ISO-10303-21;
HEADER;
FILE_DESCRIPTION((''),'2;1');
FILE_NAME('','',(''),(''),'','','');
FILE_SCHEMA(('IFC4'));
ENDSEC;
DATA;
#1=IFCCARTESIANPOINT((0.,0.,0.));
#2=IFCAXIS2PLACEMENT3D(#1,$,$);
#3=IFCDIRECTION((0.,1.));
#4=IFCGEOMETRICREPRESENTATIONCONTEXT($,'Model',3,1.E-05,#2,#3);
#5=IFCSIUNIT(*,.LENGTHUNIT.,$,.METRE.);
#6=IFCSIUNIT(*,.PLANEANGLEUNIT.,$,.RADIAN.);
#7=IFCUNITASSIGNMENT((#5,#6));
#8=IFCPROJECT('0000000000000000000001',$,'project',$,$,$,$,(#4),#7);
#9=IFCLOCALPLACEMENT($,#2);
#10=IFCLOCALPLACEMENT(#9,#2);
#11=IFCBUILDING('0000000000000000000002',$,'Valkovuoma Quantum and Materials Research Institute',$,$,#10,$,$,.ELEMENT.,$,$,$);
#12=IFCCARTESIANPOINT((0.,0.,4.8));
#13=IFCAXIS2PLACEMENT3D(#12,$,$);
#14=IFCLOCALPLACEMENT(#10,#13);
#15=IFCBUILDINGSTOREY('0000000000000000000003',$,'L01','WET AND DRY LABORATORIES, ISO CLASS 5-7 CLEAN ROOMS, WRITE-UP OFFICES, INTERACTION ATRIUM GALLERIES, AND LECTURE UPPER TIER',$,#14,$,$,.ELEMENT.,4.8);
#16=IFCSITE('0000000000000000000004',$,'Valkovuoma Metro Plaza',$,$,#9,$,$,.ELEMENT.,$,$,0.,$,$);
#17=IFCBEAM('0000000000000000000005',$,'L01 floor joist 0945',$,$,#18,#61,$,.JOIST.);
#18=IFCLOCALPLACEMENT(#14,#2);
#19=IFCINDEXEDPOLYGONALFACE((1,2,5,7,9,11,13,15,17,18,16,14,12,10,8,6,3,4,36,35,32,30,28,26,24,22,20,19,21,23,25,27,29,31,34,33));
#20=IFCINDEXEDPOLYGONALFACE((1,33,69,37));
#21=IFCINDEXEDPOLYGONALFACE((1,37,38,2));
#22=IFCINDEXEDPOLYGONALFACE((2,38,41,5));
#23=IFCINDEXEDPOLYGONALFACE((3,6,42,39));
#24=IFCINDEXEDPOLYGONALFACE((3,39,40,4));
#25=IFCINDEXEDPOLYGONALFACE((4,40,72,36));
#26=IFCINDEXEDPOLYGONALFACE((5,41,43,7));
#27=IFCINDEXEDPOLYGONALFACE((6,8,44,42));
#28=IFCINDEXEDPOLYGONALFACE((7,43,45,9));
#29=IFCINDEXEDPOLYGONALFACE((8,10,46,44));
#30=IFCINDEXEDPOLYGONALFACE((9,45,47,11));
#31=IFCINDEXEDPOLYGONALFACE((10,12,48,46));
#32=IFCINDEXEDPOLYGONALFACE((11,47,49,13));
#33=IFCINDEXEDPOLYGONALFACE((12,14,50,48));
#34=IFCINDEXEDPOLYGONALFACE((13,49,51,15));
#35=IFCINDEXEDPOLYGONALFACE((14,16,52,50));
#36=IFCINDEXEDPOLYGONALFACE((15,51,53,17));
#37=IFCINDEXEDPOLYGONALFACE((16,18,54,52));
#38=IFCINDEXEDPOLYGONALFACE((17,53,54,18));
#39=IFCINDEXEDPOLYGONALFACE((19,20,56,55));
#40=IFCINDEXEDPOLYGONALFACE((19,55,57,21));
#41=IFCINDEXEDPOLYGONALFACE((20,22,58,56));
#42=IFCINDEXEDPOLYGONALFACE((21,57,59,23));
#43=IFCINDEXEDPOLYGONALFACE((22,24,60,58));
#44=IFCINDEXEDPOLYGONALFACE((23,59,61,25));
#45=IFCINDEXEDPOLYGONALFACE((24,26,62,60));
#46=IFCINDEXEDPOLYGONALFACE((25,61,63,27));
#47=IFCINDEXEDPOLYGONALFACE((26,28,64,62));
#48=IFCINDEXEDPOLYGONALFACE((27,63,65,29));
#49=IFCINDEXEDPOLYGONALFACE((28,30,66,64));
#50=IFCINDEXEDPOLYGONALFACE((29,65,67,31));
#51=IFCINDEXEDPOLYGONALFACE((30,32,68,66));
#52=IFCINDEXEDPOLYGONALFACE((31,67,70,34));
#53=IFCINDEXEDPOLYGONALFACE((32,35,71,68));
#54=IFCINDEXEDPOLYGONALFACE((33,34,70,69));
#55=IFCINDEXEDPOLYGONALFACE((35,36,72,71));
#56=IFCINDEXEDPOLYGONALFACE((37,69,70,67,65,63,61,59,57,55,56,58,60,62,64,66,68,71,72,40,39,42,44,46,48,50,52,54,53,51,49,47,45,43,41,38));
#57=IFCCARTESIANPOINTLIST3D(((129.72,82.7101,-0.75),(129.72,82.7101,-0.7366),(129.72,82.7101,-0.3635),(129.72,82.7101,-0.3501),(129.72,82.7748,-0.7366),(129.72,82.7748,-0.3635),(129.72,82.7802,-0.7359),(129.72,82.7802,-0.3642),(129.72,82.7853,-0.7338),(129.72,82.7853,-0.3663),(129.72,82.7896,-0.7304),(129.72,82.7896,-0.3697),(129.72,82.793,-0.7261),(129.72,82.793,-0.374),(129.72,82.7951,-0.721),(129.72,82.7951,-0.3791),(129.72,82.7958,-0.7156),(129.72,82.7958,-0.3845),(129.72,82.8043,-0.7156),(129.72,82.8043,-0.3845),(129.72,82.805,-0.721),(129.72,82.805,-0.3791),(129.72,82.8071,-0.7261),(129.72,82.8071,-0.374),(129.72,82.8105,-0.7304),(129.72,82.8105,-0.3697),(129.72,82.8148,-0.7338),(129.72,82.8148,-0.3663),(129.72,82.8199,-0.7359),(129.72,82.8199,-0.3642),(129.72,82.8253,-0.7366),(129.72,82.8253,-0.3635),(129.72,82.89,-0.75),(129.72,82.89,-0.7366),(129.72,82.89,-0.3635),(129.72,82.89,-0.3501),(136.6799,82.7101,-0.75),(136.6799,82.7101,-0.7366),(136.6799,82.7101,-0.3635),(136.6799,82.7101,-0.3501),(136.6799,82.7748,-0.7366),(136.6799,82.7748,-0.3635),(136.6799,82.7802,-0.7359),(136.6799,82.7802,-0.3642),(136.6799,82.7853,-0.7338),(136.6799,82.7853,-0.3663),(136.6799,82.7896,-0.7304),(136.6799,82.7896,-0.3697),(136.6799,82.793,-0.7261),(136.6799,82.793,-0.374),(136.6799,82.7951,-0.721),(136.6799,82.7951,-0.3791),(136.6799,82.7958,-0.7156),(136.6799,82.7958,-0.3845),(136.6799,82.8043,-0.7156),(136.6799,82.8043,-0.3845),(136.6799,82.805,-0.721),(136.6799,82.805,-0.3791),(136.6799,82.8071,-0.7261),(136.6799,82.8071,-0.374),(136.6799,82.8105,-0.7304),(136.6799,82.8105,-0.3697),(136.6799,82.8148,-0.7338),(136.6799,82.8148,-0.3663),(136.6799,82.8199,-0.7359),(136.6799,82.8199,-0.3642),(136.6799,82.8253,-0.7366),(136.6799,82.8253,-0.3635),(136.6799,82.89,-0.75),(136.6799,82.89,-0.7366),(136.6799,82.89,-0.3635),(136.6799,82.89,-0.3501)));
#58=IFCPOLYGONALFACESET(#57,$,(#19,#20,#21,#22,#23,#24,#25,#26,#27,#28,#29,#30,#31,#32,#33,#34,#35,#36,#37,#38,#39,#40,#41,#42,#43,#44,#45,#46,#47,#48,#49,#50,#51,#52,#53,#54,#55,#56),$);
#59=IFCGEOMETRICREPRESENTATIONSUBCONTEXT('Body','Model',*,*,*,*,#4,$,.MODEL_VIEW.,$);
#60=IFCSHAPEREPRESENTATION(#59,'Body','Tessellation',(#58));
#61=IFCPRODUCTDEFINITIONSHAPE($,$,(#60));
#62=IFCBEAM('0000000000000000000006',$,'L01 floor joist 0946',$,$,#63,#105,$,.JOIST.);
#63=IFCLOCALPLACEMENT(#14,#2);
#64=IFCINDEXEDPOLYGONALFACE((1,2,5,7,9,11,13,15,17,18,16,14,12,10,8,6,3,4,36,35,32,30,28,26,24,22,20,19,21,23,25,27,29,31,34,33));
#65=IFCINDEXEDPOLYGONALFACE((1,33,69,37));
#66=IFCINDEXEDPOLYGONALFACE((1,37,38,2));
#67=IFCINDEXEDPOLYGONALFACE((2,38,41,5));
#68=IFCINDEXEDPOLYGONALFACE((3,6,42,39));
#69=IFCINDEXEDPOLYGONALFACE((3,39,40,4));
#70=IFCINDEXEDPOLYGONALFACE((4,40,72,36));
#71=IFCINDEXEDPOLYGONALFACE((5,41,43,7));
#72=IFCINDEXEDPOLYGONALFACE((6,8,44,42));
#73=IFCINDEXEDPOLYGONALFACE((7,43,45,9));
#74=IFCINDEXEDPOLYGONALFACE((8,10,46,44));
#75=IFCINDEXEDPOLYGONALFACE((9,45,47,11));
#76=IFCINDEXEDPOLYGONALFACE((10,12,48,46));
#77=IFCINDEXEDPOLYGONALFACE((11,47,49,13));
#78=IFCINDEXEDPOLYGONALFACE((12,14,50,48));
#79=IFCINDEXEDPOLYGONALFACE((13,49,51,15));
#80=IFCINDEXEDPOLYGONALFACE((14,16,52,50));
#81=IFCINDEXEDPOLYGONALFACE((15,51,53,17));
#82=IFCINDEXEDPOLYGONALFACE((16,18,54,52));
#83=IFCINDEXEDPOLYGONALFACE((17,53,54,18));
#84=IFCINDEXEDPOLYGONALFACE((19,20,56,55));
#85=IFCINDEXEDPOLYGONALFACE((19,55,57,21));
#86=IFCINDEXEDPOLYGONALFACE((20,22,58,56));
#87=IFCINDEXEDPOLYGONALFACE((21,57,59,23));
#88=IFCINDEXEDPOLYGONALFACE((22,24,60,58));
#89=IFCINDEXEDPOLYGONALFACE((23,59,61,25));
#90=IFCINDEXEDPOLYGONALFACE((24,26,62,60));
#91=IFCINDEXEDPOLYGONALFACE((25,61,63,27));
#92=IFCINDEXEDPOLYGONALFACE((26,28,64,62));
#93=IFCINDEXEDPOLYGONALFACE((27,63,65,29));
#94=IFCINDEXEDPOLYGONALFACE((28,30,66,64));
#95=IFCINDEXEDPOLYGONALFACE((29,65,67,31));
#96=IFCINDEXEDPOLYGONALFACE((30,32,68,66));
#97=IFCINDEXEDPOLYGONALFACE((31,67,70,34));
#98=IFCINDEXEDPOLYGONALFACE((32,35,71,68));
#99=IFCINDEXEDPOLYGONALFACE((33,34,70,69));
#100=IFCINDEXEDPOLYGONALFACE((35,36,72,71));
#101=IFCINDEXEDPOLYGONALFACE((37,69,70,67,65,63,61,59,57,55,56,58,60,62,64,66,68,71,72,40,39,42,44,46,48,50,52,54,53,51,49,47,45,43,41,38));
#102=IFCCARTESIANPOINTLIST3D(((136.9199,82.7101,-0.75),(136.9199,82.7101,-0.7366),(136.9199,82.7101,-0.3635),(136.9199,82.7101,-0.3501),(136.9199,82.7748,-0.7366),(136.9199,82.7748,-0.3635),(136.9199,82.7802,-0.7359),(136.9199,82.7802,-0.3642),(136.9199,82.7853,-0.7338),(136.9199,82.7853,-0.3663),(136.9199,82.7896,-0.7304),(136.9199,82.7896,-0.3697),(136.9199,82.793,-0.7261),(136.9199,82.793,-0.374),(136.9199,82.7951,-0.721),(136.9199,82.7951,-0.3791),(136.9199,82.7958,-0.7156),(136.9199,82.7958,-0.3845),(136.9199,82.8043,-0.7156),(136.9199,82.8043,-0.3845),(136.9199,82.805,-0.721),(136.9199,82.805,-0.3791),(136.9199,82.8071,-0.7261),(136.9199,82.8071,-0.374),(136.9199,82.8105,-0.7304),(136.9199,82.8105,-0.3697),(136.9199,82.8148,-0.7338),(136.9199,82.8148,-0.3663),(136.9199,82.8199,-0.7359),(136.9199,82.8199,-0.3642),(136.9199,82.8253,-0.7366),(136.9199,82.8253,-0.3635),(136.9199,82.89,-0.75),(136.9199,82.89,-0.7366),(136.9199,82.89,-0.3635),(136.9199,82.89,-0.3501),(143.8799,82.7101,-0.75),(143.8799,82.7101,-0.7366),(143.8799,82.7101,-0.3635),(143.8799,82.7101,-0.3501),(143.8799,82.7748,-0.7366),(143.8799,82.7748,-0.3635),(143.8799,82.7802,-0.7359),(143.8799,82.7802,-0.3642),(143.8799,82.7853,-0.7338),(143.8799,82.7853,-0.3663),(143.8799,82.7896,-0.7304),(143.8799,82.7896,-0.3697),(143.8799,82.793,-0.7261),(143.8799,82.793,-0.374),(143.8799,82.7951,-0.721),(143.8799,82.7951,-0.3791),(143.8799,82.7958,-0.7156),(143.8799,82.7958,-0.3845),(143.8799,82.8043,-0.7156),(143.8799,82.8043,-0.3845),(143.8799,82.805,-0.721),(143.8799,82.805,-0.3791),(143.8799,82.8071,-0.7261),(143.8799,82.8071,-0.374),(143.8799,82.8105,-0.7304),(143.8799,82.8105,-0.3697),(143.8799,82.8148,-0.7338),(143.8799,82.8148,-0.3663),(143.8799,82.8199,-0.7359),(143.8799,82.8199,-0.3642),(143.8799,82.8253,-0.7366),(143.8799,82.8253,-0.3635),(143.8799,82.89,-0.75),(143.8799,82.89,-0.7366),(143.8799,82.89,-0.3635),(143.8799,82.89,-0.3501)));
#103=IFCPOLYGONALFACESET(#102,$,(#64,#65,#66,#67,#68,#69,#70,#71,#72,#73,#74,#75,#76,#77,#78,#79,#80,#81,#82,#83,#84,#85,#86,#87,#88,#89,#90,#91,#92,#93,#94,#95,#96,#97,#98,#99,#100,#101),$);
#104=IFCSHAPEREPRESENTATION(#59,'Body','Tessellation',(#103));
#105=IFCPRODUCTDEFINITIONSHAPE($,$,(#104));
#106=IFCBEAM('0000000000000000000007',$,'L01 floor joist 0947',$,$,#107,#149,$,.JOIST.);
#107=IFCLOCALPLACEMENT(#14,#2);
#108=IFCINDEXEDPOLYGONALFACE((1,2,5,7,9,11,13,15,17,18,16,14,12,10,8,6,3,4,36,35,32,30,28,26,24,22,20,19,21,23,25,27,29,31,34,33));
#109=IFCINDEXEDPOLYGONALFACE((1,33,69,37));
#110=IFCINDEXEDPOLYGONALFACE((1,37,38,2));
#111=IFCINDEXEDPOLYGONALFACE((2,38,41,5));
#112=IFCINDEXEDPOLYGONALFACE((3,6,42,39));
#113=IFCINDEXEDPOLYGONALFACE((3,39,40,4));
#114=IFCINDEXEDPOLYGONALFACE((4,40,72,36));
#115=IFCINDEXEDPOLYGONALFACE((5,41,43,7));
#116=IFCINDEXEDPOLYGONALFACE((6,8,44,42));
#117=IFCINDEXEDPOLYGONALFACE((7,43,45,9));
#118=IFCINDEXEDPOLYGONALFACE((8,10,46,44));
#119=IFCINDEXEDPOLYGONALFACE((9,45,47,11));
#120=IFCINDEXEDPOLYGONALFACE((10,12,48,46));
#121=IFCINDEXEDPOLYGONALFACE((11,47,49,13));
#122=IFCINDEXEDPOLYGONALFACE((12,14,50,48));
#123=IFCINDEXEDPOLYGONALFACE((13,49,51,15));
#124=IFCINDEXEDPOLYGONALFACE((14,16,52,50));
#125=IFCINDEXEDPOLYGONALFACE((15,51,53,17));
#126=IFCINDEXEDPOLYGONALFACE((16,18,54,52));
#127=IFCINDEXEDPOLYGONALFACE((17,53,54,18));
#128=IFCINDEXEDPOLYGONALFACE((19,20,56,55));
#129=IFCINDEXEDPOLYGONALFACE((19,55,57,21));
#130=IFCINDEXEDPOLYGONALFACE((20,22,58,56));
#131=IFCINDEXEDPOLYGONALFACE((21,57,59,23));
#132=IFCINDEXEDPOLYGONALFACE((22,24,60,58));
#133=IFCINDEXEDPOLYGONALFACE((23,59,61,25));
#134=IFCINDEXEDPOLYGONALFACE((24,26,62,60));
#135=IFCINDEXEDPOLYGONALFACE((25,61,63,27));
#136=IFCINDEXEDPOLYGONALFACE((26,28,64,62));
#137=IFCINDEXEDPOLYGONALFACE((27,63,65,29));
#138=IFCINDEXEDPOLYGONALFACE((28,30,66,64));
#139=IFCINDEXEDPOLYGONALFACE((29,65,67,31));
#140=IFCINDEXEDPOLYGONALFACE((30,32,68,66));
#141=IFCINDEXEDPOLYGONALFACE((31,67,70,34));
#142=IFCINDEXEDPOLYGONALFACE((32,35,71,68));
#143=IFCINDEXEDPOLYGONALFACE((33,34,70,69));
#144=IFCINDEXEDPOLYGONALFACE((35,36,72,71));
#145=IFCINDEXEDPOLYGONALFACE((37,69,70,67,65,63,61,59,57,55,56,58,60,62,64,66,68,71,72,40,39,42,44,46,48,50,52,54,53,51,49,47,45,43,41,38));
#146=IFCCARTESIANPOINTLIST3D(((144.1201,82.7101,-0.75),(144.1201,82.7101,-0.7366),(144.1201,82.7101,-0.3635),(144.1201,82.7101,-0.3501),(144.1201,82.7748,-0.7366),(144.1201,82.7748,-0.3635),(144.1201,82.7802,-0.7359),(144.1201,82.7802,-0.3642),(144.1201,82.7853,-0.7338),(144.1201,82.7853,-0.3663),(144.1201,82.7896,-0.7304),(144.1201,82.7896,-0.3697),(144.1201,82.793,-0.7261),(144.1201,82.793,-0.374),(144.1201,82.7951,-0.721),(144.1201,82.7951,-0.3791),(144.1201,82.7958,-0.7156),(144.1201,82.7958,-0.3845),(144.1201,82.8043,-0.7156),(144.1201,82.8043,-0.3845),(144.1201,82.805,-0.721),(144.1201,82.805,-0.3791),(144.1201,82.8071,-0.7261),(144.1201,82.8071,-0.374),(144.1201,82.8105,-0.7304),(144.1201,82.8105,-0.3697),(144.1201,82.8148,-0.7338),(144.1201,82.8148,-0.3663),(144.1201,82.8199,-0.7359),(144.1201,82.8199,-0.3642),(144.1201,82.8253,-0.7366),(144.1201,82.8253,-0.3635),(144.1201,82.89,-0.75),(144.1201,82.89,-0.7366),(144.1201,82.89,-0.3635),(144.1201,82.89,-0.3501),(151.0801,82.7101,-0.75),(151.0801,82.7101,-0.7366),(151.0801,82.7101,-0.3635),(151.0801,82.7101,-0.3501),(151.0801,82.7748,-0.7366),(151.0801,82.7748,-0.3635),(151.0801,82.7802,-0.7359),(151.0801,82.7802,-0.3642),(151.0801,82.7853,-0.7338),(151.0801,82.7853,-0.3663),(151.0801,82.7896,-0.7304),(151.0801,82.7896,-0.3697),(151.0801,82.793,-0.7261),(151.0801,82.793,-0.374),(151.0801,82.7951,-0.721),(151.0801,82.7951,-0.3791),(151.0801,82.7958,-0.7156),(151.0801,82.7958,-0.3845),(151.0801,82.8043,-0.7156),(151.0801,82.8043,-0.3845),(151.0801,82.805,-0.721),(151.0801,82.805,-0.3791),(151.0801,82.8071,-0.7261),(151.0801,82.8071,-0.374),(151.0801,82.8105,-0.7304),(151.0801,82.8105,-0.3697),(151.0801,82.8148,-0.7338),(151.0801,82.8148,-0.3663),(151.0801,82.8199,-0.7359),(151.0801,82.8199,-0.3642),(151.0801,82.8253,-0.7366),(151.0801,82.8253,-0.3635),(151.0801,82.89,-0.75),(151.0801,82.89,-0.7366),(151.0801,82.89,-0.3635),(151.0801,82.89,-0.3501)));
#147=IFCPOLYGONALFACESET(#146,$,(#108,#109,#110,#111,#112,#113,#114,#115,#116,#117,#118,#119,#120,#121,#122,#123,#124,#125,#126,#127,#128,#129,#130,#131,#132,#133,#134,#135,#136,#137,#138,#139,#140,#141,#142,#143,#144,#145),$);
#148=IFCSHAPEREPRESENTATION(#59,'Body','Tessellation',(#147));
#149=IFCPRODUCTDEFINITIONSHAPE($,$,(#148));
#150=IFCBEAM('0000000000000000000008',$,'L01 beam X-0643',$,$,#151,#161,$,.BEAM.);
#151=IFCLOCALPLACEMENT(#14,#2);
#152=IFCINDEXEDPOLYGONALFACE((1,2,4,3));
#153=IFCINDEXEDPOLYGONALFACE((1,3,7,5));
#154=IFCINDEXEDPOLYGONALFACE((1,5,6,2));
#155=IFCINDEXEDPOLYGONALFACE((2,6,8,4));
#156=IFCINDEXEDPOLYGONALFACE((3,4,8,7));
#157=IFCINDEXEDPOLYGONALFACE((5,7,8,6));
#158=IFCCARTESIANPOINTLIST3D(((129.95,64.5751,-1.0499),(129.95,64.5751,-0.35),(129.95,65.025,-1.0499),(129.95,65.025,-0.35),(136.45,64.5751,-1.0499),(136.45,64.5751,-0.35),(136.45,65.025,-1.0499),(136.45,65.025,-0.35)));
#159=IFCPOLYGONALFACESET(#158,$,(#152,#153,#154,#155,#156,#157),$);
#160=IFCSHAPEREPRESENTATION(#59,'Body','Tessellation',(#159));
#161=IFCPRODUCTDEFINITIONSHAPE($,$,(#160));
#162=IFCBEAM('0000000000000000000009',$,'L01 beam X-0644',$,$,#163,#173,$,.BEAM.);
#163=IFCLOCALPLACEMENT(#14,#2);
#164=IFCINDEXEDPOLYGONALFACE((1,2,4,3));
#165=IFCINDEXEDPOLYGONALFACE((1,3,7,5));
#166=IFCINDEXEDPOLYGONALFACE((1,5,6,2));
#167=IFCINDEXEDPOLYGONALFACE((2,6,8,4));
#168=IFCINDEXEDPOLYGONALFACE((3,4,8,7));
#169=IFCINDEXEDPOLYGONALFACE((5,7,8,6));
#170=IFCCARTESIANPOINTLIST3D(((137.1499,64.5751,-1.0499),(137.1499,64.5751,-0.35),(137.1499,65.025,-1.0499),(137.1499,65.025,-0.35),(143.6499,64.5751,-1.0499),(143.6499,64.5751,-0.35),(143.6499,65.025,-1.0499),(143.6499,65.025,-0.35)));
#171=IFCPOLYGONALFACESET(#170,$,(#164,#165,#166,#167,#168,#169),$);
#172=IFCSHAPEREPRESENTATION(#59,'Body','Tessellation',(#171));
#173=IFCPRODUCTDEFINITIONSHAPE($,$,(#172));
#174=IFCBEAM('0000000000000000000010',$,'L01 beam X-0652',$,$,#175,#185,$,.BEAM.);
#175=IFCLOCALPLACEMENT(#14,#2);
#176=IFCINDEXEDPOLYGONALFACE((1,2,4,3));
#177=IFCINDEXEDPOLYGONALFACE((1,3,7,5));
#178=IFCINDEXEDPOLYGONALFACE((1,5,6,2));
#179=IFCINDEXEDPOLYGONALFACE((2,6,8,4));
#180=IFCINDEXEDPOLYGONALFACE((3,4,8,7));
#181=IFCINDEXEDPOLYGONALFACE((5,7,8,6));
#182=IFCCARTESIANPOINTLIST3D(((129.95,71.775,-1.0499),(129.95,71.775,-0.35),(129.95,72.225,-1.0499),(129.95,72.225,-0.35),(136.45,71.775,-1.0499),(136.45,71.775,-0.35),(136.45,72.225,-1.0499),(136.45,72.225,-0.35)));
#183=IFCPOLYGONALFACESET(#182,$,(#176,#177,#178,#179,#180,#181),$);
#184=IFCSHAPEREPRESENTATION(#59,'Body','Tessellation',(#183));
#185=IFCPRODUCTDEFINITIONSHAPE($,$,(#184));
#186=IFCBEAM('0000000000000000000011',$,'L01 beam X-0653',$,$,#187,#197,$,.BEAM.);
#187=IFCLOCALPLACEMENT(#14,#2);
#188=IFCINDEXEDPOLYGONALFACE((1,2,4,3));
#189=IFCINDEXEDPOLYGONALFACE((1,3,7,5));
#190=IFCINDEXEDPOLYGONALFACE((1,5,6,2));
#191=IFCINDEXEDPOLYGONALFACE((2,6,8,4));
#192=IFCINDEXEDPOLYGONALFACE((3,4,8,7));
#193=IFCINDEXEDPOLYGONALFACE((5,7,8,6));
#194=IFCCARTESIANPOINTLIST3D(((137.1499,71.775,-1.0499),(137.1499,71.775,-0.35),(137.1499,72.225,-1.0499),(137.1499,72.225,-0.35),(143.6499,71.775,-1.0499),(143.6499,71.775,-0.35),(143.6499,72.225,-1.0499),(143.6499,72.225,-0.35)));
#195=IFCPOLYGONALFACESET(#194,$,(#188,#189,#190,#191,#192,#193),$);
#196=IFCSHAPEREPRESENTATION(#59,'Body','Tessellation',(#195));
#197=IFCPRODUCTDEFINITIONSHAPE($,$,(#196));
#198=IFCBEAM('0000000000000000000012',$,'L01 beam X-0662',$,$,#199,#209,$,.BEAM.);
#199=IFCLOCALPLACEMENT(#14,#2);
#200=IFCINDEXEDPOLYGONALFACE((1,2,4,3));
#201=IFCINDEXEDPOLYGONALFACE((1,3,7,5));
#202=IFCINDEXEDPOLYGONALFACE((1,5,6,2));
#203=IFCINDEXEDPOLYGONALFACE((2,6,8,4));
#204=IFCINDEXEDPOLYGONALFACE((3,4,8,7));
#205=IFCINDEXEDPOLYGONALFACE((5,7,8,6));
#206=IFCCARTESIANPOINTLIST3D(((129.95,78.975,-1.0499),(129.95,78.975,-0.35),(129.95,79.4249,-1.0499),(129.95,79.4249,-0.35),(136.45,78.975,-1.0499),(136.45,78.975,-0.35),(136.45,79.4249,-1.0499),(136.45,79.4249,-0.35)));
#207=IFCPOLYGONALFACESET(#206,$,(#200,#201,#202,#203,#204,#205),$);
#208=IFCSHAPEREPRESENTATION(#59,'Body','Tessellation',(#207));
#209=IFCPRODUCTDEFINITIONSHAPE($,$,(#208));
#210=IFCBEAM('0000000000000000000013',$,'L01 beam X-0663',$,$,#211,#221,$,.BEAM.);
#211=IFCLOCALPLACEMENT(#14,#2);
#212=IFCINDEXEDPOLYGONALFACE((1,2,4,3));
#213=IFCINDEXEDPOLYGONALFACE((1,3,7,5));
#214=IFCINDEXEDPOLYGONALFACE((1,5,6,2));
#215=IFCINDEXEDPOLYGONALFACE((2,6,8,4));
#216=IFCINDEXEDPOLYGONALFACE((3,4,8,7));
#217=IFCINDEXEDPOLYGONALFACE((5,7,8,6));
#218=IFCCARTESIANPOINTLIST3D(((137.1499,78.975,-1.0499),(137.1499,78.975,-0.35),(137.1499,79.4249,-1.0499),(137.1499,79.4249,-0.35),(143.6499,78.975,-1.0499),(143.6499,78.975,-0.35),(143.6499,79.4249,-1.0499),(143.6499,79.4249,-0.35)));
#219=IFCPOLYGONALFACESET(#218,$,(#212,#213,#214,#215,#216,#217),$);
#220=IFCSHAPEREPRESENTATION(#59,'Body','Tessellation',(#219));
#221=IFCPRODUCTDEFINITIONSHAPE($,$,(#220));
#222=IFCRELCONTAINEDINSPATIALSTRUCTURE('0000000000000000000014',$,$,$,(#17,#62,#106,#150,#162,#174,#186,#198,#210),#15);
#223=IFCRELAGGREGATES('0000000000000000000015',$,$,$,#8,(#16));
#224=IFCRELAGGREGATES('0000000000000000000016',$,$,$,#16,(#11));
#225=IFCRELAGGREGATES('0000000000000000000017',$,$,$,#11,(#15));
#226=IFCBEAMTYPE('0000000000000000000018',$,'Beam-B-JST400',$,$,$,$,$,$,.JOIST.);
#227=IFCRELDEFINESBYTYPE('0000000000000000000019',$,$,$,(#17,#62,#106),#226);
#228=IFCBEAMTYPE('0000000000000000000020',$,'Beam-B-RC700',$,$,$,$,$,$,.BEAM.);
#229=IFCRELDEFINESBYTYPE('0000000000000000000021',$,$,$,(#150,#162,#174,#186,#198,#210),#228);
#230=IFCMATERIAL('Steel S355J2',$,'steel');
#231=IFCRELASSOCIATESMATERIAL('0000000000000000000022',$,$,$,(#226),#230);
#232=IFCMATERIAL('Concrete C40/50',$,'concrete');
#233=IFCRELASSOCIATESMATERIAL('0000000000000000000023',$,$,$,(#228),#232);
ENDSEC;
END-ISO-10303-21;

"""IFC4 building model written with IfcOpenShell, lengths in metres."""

from ifc_helpers import new_model, si_unit, direction, frame, origin, origin_2d, place, context, subcontext, project, spatial, rectangle, i_section, extrude, material, material_profile, profile_set, type_object, element, save


model = new_model("IFC4")

# Units and contexts
model_context = context("Model", 3, precision=1e-05, world=origin(), true_north=direction((0.0, 1.0)))
body_context = subcontext(model_context, "Body", "Model", "MODEL_VIEW")
ifc_project = project(units=[si_unit("LENGTHUNIT", "METRE"), si_unit("PLANEANGLEUNIT", "RADIAN")], contexts=[model_context])

# Site, building, storey
site_placement = place(None, origin())
site = spatial("IfcSite", under=ifc_project, at=site_placement, Name="Valkovuoma Metro Plaza", CompositionType="ELEMENT", RefElevation=0.0)
building_placement = place(site_placement, origin())
building = spatial("IfcBuilding", under=site, at=building_placement, Name="Valkovuoma Quantum and Materials Research Institute", CompositionType="ELEMENT")
storey_placement = place(building_placement, frame((0.0, 0.0, 4.8)))
storey = spatial("IfcBuildingStorey", under=building, at=storey_placement, Name="L01", Description="WET AND DRY LABORATORIES, ISO CLASS 5-7 CLEAN ROOMS, WRITE-UP OFFICES, INTERACTION ATRIUM GALLERIES, AND LECTURE UPPER TIER", CompositionType="ELEMENT", Elevation=4.8)

# Beams
ifc_material_1 = material(Name="Steel S355J2", Category="steel")
ifc_material_profile_1 = material_profile(ifc_material_1, i_section(OverallWidth=0.1799, OverallDepth=0.3999, WebThickness=0.0085, FlangeThickness=0.0134, FilletRadius=0.021, at=origin_2d()), Name="Steel S355J2")
ifc_profile_set_1 = profile_set([ifc_material_profile_1], Name="Steel S355J2")
beam_type_1 = type_object("IfcBeamType", Name="Beam-B-JST400", PredefinedType="JOIST", material=ifc_profile_set_1)
for number, where, z_axis, x_axis, name in (
    (1, (129.72, 82.8, -0.55), (1.0, 0.0, 0.0), (0.0, 1.0, 0.0), "L01 floor joist 0945"),
    (2, (136.9199, 82.8, -0.55), (1.0, 0.0, 0.0), (0.0, 1.0, 0.0), "L01 floor joist 0946"),
    (3, (144.1201, 82.8, -0.55), (1.0, 0.0, 0.0), (0.0, 1.0, 0.0), "L01 floor joist 0947"),
):
    element("IfcBeam", number, at=place(storey_placement, frame(where, z_axis=z_axis, x_axis=x_axis)), inside=storey, type_object=beam_type_1, Name=name, PredefinedType="JOIST", context=body_context, shape_type="SweptSolid", body=[
        extrude(i_section(OverallWidth=0.1799, OverallDepth=0.3999, WebThickness=0.0085, FlangeThickness=0.0134, FilletRadius=0.021, at=origin_2d()), origin(), (0.0, 0.0, 1.0), 6.96),
    ])
ifc_material_2 = material(Name="Concrete C40/50", Category="concrete")
ifc_material_profile_2 = material_profile(ifc_material_2, rectangle(XDim=0.45, YDim=0.7, at=origin_2d()), Name="Concrete C40/50")
ifc_profile_set_2 = profile_set([ifc_material_profile_2], Name="Concrete C40/50")
beam_type_2 = type_object("IfcBeamType", Name="Beam-B-RC700", PredefinedType="BEAM", material=ifc_profile_set_2)
for number, where, z_axis, x_axis, name in (
    (4, (129.95, 64.8, -0.7), (1.0, 0.0, 0.0), (0.0, 1.0, 0.0), "L01 beam X-0643"),
    (5, (137.1499, 64.8, -0.7), (1.0, 0.0, 0.0), (0.0, 1.0, 0.0), "L01 beam X-0644"),
    (6, (129.95, 72.0, -0.7), (1.0, 0.0, 0.0), (0.0, 1.0, 0.0), "L01 beam X-0652"),
    (7, (137.1499, 72.0, -0.7), (1.0, 0.0, 0.0), (0.0, 1.0, 0.0), "L01 beam X-0653"),
    (8, (129.95, 79.2, -0.7), (1.0, 0.0, 0.0), (0.0, 1.0, 0.0), "L01 beam X-0662"),
    (9, (137.1499, 79.2, -0.7), (1.0, 0.0, 0.0), (0.0, 1.0, 0.0), "L01 beam X-0663"),
):
    element("IfcBeam", number, at=place(storey_placement, frame(where, z_axis=z_axis, x_axis=x_axis)), inside=storey, type_object=beam_type_2, Name=name, PredefinedType="BEAM", context=body_context, shape_type="SweptSolid", body=[
        extrude(rectangle(XDim=0.45, YDim=0.7, at=origin_2d()), origin(), (0.0, 0.0, 1.0), 6.5),
    ])

save(model, "model.ifc")
